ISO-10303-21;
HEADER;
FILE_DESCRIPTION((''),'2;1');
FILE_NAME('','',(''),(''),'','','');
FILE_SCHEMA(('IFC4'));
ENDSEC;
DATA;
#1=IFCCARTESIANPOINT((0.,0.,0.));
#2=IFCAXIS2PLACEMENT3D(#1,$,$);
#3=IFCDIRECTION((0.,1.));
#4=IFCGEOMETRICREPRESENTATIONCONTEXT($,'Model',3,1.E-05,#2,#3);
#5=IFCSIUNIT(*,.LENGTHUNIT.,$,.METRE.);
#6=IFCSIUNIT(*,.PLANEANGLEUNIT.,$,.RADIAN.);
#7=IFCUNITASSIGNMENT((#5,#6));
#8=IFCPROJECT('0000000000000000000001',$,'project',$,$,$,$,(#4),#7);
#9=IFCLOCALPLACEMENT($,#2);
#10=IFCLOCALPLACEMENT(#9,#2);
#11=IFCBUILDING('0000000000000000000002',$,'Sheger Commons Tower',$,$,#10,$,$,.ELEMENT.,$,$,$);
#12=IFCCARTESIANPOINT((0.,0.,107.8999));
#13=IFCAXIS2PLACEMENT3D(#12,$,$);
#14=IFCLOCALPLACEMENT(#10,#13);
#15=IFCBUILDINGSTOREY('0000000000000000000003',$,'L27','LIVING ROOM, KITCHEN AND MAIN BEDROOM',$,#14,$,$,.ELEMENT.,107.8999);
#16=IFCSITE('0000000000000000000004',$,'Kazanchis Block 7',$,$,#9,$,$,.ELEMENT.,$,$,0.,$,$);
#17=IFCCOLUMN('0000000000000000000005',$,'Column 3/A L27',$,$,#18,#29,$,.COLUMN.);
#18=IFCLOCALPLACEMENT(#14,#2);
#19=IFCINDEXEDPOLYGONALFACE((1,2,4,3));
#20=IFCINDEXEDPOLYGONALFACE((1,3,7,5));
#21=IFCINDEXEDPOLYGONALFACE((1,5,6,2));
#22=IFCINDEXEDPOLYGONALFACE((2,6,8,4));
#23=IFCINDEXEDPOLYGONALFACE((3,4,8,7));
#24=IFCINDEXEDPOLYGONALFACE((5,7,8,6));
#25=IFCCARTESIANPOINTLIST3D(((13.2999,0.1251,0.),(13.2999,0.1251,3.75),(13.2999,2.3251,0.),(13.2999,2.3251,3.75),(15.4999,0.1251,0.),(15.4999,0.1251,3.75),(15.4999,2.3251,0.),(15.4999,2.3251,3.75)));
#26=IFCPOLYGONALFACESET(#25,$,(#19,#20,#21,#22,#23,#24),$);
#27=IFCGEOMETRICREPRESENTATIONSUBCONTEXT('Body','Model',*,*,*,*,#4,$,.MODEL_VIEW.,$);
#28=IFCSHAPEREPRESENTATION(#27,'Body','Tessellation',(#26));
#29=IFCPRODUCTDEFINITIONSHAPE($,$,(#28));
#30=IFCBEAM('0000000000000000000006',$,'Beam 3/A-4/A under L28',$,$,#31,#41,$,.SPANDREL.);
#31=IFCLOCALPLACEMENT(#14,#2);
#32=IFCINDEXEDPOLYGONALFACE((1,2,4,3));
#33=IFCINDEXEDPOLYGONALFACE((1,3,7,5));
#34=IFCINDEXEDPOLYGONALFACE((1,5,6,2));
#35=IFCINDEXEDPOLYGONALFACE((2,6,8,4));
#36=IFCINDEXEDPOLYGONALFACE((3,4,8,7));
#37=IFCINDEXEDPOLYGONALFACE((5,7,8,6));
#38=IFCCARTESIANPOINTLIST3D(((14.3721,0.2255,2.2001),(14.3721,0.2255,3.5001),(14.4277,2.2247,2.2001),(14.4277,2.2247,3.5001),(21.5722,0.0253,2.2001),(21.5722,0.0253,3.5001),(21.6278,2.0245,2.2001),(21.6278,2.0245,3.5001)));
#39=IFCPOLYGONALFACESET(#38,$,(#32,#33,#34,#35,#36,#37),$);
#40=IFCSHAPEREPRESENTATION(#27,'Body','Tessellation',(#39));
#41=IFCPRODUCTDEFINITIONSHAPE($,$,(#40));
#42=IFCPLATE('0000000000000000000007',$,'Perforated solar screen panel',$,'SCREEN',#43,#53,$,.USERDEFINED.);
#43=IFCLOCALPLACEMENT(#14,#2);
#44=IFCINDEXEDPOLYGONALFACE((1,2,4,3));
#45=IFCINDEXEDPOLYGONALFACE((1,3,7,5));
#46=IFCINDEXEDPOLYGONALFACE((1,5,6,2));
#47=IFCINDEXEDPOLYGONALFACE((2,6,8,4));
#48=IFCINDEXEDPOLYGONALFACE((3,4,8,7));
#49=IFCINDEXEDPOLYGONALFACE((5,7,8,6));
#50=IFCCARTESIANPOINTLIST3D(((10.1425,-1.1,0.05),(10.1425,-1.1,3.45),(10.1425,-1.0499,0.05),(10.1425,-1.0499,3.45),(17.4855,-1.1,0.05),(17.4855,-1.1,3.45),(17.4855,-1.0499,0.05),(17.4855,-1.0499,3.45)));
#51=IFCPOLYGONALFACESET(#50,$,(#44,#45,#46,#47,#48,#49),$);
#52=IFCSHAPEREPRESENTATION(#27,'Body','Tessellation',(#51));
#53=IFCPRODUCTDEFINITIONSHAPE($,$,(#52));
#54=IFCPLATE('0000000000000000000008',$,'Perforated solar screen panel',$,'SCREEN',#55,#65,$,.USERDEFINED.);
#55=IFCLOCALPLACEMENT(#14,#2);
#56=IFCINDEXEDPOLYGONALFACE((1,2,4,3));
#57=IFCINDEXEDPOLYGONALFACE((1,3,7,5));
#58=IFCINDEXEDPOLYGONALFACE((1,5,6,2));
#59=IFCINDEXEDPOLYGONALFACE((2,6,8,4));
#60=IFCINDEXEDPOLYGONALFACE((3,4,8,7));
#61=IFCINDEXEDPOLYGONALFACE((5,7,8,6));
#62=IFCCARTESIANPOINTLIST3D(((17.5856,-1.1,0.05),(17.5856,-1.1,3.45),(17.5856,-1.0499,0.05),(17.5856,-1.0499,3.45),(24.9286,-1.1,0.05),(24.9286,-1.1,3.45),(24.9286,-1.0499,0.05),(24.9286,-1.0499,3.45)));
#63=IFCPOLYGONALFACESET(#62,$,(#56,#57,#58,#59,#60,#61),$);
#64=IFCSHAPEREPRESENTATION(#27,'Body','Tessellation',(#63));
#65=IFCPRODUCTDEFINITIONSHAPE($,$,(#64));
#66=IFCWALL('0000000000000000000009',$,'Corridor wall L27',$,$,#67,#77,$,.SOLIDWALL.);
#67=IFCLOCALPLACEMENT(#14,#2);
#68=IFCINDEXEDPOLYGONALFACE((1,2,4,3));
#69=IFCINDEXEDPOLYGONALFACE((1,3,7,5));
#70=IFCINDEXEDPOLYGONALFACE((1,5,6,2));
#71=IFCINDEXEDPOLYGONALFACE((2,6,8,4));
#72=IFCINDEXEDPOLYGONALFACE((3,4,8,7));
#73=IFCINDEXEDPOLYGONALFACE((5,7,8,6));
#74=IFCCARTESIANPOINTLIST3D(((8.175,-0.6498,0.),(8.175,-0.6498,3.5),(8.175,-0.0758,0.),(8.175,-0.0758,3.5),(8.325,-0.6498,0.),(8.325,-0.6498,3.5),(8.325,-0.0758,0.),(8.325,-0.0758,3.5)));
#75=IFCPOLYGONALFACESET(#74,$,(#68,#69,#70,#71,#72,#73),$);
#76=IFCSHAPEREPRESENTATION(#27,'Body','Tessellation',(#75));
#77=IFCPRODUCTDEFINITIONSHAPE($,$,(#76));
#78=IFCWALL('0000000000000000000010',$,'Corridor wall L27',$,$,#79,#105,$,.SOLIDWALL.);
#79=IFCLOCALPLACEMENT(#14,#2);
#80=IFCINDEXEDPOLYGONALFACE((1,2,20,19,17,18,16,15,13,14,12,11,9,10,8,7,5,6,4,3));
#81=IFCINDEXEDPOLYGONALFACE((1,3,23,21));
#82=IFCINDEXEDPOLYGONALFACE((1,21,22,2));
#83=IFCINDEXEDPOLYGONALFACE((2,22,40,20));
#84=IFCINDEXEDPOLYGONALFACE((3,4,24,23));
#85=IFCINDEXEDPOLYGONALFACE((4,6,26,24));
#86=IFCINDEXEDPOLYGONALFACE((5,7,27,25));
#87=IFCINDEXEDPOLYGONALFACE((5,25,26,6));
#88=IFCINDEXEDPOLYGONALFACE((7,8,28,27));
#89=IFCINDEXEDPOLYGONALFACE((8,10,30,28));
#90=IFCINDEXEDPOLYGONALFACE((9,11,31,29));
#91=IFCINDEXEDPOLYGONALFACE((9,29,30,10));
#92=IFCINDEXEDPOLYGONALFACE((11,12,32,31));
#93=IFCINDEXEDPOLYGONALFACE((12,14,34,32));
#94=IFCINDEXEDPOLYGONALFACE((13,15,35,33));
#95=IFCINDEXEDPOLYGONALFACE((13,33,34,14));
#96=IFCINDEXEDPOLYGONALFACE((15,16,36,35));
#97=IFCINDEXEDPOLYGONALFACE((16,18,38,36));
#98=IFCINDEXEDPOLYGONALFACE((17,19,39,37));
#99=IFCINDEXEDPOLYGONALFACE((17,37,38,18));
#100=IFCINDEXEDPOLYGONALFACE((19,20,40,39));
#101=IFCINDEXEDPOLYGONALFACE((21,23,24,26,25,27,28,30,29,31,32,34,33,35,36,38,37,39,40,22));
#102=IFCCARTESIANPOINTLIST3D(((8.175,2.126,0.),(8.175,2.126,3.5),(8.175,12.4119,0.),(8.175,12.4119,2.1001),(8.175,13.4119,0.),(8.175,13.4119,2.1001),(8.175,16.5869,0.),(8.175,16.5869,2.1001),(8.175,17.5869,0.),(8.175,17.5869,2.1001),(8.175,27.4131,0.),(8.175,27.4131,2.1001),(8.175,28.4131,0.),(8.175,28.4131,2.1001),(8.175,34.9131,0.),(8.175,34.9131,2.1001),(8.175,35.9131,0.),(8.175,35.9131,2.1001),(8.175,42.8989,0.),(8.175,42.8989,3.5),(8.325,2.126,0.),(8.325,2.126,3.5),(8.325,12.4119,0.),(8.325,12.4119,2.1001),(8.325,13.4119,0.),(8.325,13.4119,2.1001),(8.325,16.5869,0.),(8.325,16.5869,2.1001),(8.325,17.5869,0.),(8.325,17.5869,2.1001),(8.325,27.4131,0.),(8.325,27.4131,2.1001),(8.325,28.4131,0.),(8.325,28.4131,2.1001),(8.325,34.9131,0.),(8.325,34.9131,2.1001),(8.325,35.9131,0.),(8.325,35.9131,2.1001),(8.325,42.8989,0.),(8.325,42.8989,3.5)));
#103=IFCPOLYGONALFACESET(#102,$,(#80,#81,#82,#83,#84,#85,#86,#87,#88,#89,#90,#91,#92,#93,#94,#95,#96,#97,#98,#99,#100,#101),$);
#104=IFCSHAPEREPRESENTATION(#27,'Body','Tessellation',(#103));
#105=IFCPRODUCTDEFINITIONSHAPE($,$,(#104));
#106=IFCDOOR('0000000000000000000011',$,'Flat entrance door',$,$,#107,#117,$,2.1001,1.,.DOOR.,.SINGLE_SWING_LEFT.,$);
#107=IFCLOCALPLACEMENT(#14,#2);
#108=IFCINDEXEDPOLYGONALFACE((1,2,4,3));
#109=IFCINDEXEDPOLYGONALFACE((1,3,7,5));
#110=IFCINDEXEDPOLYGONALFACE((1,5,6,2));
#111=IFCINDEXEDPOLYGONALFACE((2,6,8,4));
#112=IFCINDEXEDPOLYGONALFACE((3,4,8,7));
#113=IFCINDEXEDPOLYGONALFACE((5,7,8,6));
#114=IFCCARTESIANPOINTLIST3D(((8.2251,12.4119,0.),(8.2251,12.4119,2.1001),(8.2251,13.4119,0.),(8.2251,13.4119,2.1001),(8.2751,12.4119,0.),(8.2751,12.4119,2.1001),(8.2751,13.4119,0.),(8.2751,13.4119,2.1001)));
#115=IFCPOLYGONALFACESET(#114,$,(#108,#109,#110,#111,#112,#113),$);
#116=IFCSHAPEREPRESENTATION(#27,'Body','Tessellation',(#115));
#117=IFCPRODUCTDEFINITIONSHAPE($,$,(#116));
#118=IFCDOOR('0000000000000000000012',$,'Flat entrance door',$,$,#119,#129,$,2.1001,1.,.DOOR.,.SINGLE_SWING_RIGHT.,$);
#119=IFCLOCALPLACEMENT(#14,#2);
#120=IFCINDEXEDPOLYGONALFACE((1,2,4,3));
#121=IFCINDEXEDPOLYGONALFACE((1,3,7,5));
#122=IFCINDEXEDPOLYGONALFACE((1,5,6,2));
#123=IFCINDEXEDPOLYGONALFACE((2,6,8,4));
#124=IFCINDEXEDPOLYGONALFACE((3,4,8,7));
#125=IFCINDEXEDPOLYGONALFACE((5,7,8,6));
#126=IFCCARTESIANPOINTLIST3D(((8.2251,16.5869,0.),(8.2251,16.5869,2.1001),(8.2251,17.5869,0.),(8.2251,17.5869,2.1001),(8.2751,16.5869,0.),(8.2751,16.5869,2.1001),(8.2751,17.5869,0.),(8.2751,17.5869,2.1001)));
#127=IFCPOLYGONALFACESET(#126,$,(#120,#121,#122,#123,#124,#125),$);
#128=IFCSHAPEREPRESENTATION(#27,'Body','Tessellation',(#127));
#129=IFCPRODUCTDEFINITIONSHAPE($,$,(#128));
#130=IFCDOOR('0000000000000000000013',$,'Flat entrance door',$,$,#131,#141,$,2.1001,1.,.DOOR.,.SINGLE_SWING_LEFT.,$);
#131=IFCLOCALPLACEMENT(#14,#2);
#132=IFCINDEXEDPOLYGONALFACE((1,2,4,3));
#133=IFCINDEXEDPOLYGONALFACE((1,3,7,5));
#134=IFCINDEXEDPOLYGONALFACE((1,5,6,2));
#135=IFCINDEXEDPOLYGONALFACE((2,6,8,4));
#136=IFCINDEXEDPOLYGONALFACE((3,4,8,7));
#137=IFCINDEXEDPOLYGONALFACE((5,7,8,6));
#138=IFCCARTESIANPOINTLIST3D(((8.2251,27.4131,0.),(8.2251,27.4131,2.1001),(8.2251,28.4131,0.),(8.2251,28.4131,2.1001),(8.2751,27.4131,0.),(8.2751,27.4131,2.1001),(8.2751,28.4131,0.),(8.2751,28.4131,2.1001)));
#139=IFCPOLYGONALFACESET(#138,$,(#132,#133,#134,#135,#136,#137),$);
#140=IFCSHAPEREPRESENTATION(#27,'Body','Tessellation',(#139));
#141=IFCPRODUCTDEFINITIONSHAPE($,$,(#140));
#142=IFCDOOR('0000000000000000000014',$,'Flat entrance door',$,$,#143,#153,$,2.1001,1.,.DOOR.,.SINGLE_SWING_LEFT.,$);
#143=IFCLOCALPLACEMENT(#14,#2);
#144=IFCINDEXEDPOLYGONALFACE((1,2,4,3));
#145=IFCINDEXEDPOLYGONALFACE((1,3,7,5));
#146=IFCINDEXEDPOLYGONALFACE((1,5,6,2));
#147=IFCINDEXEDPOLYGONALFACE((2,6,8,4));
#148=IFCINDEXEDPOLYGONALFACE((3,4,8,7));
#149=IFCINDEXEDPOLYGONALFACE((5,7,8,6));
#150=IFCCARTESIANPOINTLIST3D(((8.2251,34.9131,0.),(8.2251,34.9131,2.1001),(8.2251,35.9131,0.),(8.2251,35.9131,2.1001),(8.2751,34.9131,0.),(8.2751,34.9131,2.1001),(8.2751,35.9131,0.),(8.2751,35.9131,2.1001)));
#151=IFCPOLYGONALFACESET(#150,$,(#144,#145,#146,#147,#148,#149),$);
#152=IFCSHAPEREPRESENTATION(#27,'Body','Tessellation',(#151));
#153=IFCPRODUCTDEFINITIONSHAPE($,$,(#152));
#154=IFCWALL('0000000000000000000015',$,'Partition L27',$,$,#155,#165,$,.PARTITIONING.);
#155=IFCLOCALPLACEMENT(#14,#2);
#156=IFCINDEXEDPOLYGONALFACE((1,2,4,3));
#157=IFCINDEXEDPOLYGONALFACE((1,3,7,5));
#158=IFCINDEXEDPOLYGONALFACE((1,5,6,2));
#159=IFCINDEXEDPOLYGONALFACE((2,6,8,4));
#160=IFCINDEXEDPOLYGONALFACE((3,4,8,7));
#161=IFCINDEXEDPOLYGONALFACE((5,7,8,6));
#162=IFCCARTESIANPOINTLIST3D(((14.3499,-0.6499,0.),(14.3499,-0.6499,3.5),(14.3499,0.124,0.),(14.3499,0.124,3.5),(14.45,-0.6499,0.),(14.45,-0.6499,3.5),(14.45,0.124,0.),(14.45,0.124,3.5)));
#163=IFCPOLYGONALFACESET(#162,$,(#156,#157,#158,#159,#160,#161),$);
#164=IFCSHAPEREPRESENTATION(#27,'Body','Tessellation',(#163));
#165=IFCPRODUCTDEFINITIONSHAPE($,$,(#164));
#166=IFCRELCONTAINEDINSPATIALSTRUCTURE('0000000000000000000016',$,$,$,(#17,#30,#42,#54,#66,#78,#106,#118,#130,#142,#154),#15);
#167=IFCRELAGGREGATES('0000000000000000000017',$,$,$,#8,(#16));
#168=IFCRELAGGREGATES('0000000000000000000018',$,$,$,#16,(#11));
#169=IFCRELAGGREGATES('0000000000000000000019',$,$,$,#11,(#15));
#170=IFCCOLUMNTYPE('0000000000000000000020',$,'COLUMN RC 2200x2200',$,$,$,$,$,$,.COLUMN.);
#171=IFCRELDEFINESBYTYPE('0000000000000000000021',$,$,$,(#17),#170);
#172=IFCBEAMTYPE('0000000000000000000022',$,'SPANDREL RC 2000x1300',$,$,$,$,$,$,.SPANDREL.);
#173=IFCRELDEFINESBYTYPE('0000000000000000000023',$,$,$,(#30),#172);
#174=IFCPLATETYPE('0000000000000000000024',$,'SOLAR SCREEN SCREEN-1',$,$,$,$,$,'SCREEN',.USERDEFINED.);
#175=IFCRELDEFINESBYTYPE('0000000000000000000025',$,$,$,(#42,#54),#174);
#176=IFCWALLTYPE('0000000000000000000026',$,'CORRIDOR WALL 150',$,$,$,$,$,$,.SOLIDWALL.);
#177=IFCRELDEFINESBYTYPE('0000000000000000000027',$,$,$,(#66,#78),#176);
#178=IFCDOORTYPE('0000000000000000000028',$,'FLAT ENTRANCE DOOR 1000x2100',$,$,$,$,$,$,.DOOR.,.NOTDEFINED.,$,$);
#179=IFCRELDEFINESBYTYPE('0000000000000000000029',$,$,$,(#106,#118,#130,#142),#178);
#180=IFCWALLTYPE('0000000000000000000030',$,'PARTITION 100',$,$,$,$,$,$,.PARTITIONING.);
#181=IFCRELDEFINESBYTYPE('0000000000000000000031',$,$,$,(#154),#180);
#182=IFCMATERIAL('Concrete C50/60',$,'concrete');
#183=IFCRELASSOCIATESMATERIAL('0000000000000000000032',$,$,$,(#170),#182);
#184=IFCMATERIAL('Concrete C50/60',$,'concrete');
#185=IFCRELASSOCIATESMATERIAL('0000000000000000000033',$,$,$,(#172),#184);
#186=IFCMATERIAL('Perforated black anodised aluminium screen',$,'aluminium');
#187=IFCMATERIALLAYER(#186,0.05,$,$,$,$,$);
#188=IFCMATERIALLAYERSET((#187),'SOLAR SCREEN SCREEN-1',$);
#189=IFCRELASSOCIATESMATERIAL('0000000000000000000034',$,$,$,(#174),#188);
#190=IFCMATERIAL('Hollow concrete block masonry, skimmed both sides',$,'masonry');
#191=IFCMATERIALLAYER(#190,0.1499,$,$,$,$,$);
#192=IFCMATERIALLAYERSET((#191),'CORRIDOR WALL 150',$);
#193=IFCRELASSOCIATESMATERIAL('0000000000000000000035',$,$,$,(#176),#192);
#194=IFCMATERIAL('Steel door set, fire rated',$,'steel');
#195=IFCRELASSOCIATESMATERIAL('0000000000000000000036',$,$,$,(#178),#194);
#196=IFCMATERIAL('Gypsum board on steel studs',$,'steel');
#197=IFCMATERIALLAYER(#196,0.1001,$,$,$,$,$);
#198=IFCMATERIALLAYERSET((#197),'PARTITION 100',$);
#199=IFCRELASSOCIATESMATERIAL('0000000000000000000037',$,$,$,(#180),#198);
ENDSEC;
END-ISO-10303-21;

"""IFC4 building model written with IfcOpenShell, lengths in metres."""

from ifc_helpers import new_model, si_unit, direction, frame, frame_2d, origin, origin_2d, place, context, subcontext, project, spatial, rectangle, extrude, material, layer, layer_set, material_profile, profile_set, type_object, element, fill, save


model = new_model("IFC4")

# Units and contexts
model_context = context("Model", 3, precision=1e-05, world=origin(), true_north=direction((0.0, 1.0)))
body_context = subcontext(model_context, "Body", "Model", "MODEL_VIEW")
ifc_project = project(units=[si_unit("LENGTHUNIT", "METRE"), si_unit("PLANEANGLEUNIT", "RADIAN")], contexts=[model_context])

# Site, building, storey
site_placement = place(None, origin())
site = spatial("IfcSite", under=ifc_project, at=site_placement, Name="Kazanchis Block 7", CompositionType="ELEMENT", RefElevation=0.0)
building_placement = place(site_placement, origin())
building = spatial("IfcBuilding", under=site, at=building_placement, Name="Sheger Commons Tower", CompositionType="ELEMENT")
storey_placement = place(building_placement, frame((0.0, 0.0, 107.8999)))
storey = spatial("IfcBuildingStorey", under=building, at=storey_placement, Name="L27", Description="LIVING ROOM, KITCHEN AND MAIN BEDROOM", CompositionType="ELEMENT", Elevation=107.8999)

# Column
ifc_material_1 = material(Name="Concrete C50/60", Category="concrete")
ifc_material_profile_1 = material_profile(ifc_material_1, rectangle(XDim=2.2, YDim=2.2, at=origin_2d()), Name="RC 2200x2200")
ifc_profile_set_1 = profile_set([ifc_material_profile_1], Name="Concrete C50/60")
column_type = type_object("IfcColumnType", Name="COLUMN RC 2200x2200", PredefinedType="COLUMN", material=ifc_profile_set_1)
column_placement = place(storey_placement, frame((14.3999, 1.2251, 0.0), z_axis=(0.0, 0.0, 1.0), x_axis=(1.0, 0.0, 0.0)))
element("IfcColumn", 1, at=column_placement, inside=storey, type_object=column_type, Name="Column 3/A L27", PredefinedType="COLUMN", context=body_context, shape_type="SweptSolid", body=[
    extrude(rectangle(XDim=2.2, YDim=2.2, at=origin_2d()), origin(), (0.0, 0.0, 1.0), 3.75),
])

# Beam
ifc_material_2 = material(Name="Concrete C50/60", Category="concrete")
ifc_material_profile_2 = material_profile(ifc_material_2, rectangle(XDim=2.0, YDim=1.3, at=origin_2d()), Name="RC 2000x1300")
ifc_profile_set_2 = profile_set([ifc_material_profile_2], Name="Concrete C50/60")
beam_type = type_object("IfcBeamType", Name="SPANDREL RC 2000x1300", PredefinedType="SPANDREL", material=ifc_profile_set_2)
beam_placement = place(storey_placement, frame((14.3999, 1.2251, 2.8501), z_axis=(0.999614, -0.027793, 0.0), x_axis=(0.027793, 0.999614, 0.0)))
element("IfcBeam", 2, at=beam_placement, inside=storey, type_object=beam_type, Name="Beam 3/A-4/A under L28", PredefinedType="SPANDREL", context=body_context, shape_type="SweptSolid", body=[
    extrude(rectangle(XDim=2.0, YDim=1.3, at=origin_2d()), origin(), (0.0, 0.0, 1.0), 7.2029),
])

# Plates
ifc_material_3 = material(Name="Perforated black anodised aluminium screen", Category="aluminium")
ifc_layer_1 = layer(ifc_material_3, 0.05)
ifc_layer_set_1 = layer_set([ifc_layer_1], Name="SOLAR SCREEN SCREEN-1")
plate_type = type_object("IfcPlateType", Name="SOLAR SCREEN SCREEN-1", ElementType="SCREEN", PredefinedType="USERDEFINED", material=ifc_layer_set_1)
for number, where, z_axis, x_axis, name in (
    (3, (13.814, -1.075, 0.05), (0.0, 0.0, 1.0), (1.0, 0.0, 0.0), "Perforated solar screen panel"),
    (4, (21.2571, -1.075, 0.05), (0.0, 0.0, 1.0), (1.0, 0.0, 0.0), "Perforated solar screen panel"),
):
    element("IfcPlate", number, at=place(storey_placement, frame(where, z_axis=z_axis, x_axis=x_axis)), inside=storey, type_object=plate_type, Name=name, ObjectType="SCREEN", PredefinedType="USERDEFINED", context=body_context, shape_type="SweptSolid", body=[
        extrude(rectangle(XDim=7.343, YDim=0.05, at=origin_2d()), origin(), (0.0, 0.0, 1.0), 3.3999),
    ])

# Wall
ifc_material_4 = material(Name="Hollow concrete block masonry, skimmed both sides", Category="masonry")
ifc_layer_2 = layer(ifc_material_4, 0.1499)
ifc_layer_set_2 = layer_set([ifc_layer_2], Name="CORRIDOR WALL 150")
wall_type_1 = type_object("IfcWallType", Name="CORRIDOR WALL 150", PredefinedType="SOLIDWALL", material=ifc_layer_set_2)
wall_1_placement = place(storey_placement, frame((8.25, -0.6499, 0.0), z_axis=(0.0, 0.0, 1.0), x_axis=(0.0, 1.0, 0.0)))
element("IfcWall", 5, at=wall_1_placement, inside=storey, type_object=wall_type_1, Name="Corridor wall L27", PredefinedType="SOLIDWALL", context=body_context, shape_type="SweptSolid", body=[
    extrude(rectangle(XDim=0.574, YDim=0.1499, at=frame_2d((0.2871, 0.0))), origin(), (0.0, 0.0, 1.0), 3.5),
])

# Wall, openings, doors
wall_2_placement = place(storey_placement, frame((8.25, 2.126, 0.0), z_axis=(0.0, 0.0, 1.0), x_axis=(0.0, 1.0, 0.0)))
wall_2 = element("IfcWall", 6, at=wall_2_placement, inside=storey, type_object=wall_type_1, Name="Corridor wall L27", PredefinedType="SOLIDWALL", context=body_context, shape_type="SweptSolid", body=[
    extrude(rectangle(XDim=40.7729, YDim=0.1499, at=frame_2d((20.3865, 0.0))), origin(), (0.0, 0.0, 1.0), 3.5),
])
opening_1_placement = place(wall_2_placement, frame((10.2859, 0.0, 0.0)))
opening_1 = element("IfcOpeningElement", 7, at=opening_1_placement, cuts=wall_2, PredefinedType="OPENING", context=body_context, shape_type="SweptSolid", body=[
    extrude(rectangle(XDim=1.0, YDim=2.1001, at=frame_2d((0.5, 1.05))), frame((0.0, 0.085, 0.0), z_axis=(0.0, -1.0, 0.0), x_axis=(1.0, 0.0, 0.0)), (0.0, 0.0, 1.0), 0.1699),
])
opening_2_placement = place(wall_2_placement, frame((14.4609, 0.0, 0.0)))
opening_2 = element("IfcOpeningElement", 8, at=opening_2_placement, cuts=wall_2, PredefinedType="OPENING", context=body_context, shape_type="SweptSolid", body=[
    extrude(rectangle(XDim=1.0, YDim=2.1001, at=frame_2d((0.5, 1.05))), frame((0.0, 0.085, 0.0), z_axis=(0.0, -1.0, 0.0), x_axis=(1.0, 0.0, 0.0)), (0.0, 0.0, 1.0), 0.1699),
])
opening_3_placement = place(wall_2_placement, frame((25.2871, 0.0, 0.0)))
opening_3 = element("IfcOpeningElement", 9, at=opening_3_placement, cuts=wall_2, PredefinedType="OPENING", context=body_context, shape_type="SweptSolid", body=[
    extrude(rectangle(XDim=1.0, YDim=2.1001, at=frame_2d((0.5, 1.05))), frame((0.0, 0.085, 0.0), z_axis=(0.0, -1.0, 0.0), x_axis=(1.0, 0.0, 0.0)), (0.0, 0.0, 1.0), 0.1699),
])
opening_4_placement = place(wall_2_placement, frame((32.7871, 0.0, 0.0)))
opening_4 = element("IfcOpeningElement", 10, at=opening_4_placement, cuts=wall_2, PredefinedType="OPENING", context=body_context, shape_type="SweptSolid", body=[
    extrude(rectangle(XDim=1.0, YDim=2.1001, at=frame_2d((0.5, 1.05))), frame((0.0, 0.085, 0.0), z_axis=(0.0, -1.0, 0.0), x_axis=(1.0, 0.0, 0.0)), (0.0, 0.0, 1.0), 0.1699),
])
ifc_material_5 = material(Name="Steel door set, fire rated", Category="steel")
door_type_1 = type_object("IfcDoorType", Name="FLAT ENTRANCE DOOR 1000x2100", OperationType="NOTDEFINED", PredefinedType="DOOR", material=ifc_material_5)
door_1_placement = place(opening_1_placement, origin())
door_1 = element("IfcDoor", 11, at=door_1_placement, inside=storey, type_object=door_type_1, Name="Flat entrance door", OperationType="SINGLE_SWING_LEFT", OverallHeight=2.1001, OverallWidth=1.0, PredefinedType="DOOR", context=body_context, shape_type="SweptSolid", body=[
    extrude(rectangle(XDim=1.0, YDim=2.1001, at=frame_2d((0.5, 1.05))), frame((0.0, 0.0249, 0.0), z_axis=(0.0, -1.0, 0.0), x_axis=(1.0, 0.0, 0.0)), (0.0, 0.0, 1.0), 0.05),
])
fill(opening_1, door_1)
door_2_placement = place(opening_2_placement, origin())
door_2 = element("IfcDoor", 12, at=door_2_placement, inside=storey, type_object=door_type_1, Name="Flat entrance door", OperationType="SINGLE_SWING_RIGHT", OverallHeight=2.1001, OverallWidth=1.0, PredefinedType="DOOR", context=body_context, shape_type="SweptSolid", body=[
    extrude(rectangle(XDim=1.0, YDim=2.1001, at=frame_2d((0.5, 1.05))), frame((0.0, 0.0249, 0.0), z_axis=(0.0, -1.0, 0.0), x_axis=(1.0, 0.0, 0.0)), (0.0, 0.0, 1.0), 0.05),
])
fill(opening_2, door_2)
door_3_placement = place(opening_3_placement, origin())
door_3 = element("IfcDoor", 13, at=door_3_placement, inside=storey, type_object=door_type_1, Name="Flat entrance door", OperationType="SINGLE_SWING_LEFT", OverallHeight=2.1001, OverallWidth=1.0, PredefinedType="DOOR", context=body_context, shape_type="SweptSolid", body=[
    extrude(rectangle(XDim=1.0, YDim=2.1001, at=frame_2d((0.5, 1.05))), frame((0.0, 0.0249, 0.0), z_axis=(0.0, -1.0, 0.0), x_axis=(1.0, 0.0, 0.0)), (0.0, 0.0, 1.0), 0.05),
])
fill(opening_3, door_3)
door_4_placement = place(opening_4_placement, origin())
door_4 = element("IfcDoor", 14, at=door_4_placement, inside=storey, type_object=door_type_1, Name="Flat entrance door", OperationType="SINGLE_SWING_LEFT", OverallHeight=2.1001, OverallWidth=1.0, PredefinedType="DOOR", context=body_context, shape_type="SweptSolid", body=[
    extrude(rectangle(XDim=1.0, YDim=2.1001, at=frame_2d((0.5, 1.05))), frame((0.0, 0.0249, 0.0), z_axis=(0.0, -1.0, 0.0), x_axis=(1.0, 0.0, 0.0)), (0.0, 0.0, 1.0), 0.05),
])
fill(opening_4, door_4)

# Wall
ifc_material_6 = material(Name="Gypsum board on steel studs", Category="steel")
ifc_layer_3 = layer(ifc_material_6, 0.1001)
ifc_layer_set_3 = layer_set([ifc_layer_3], Name="PARTITION 100")
wall_type_2 = type_object("IfcWallType", Name="PARTITION 100", PredefinedType="PARTITIONING", material=ifc_layer_set_3)
wall_3_placement = place(storey_placement, frame((14.3999, -0.6499, 0.0), z_axis=(0.0, 0.0, 1.0), x_axis=(0.0, 1.0, 0.0)))
element("IfcWall", 15, at=wall_3_placement, inside=storey, type_object=wall_type_2, Name="Partition L27", PredefinedType="PARTITIONING", context=body_context, shape_type="SweptSolid", body=[
    extrude(rectangle(XDim=0.7739, YDim=0.1001, at=frame_2d((0.387, 0.0))), origin(), (0.0, 0.0, 1.0), 3.5),
])

save(model, "model.ifc")
